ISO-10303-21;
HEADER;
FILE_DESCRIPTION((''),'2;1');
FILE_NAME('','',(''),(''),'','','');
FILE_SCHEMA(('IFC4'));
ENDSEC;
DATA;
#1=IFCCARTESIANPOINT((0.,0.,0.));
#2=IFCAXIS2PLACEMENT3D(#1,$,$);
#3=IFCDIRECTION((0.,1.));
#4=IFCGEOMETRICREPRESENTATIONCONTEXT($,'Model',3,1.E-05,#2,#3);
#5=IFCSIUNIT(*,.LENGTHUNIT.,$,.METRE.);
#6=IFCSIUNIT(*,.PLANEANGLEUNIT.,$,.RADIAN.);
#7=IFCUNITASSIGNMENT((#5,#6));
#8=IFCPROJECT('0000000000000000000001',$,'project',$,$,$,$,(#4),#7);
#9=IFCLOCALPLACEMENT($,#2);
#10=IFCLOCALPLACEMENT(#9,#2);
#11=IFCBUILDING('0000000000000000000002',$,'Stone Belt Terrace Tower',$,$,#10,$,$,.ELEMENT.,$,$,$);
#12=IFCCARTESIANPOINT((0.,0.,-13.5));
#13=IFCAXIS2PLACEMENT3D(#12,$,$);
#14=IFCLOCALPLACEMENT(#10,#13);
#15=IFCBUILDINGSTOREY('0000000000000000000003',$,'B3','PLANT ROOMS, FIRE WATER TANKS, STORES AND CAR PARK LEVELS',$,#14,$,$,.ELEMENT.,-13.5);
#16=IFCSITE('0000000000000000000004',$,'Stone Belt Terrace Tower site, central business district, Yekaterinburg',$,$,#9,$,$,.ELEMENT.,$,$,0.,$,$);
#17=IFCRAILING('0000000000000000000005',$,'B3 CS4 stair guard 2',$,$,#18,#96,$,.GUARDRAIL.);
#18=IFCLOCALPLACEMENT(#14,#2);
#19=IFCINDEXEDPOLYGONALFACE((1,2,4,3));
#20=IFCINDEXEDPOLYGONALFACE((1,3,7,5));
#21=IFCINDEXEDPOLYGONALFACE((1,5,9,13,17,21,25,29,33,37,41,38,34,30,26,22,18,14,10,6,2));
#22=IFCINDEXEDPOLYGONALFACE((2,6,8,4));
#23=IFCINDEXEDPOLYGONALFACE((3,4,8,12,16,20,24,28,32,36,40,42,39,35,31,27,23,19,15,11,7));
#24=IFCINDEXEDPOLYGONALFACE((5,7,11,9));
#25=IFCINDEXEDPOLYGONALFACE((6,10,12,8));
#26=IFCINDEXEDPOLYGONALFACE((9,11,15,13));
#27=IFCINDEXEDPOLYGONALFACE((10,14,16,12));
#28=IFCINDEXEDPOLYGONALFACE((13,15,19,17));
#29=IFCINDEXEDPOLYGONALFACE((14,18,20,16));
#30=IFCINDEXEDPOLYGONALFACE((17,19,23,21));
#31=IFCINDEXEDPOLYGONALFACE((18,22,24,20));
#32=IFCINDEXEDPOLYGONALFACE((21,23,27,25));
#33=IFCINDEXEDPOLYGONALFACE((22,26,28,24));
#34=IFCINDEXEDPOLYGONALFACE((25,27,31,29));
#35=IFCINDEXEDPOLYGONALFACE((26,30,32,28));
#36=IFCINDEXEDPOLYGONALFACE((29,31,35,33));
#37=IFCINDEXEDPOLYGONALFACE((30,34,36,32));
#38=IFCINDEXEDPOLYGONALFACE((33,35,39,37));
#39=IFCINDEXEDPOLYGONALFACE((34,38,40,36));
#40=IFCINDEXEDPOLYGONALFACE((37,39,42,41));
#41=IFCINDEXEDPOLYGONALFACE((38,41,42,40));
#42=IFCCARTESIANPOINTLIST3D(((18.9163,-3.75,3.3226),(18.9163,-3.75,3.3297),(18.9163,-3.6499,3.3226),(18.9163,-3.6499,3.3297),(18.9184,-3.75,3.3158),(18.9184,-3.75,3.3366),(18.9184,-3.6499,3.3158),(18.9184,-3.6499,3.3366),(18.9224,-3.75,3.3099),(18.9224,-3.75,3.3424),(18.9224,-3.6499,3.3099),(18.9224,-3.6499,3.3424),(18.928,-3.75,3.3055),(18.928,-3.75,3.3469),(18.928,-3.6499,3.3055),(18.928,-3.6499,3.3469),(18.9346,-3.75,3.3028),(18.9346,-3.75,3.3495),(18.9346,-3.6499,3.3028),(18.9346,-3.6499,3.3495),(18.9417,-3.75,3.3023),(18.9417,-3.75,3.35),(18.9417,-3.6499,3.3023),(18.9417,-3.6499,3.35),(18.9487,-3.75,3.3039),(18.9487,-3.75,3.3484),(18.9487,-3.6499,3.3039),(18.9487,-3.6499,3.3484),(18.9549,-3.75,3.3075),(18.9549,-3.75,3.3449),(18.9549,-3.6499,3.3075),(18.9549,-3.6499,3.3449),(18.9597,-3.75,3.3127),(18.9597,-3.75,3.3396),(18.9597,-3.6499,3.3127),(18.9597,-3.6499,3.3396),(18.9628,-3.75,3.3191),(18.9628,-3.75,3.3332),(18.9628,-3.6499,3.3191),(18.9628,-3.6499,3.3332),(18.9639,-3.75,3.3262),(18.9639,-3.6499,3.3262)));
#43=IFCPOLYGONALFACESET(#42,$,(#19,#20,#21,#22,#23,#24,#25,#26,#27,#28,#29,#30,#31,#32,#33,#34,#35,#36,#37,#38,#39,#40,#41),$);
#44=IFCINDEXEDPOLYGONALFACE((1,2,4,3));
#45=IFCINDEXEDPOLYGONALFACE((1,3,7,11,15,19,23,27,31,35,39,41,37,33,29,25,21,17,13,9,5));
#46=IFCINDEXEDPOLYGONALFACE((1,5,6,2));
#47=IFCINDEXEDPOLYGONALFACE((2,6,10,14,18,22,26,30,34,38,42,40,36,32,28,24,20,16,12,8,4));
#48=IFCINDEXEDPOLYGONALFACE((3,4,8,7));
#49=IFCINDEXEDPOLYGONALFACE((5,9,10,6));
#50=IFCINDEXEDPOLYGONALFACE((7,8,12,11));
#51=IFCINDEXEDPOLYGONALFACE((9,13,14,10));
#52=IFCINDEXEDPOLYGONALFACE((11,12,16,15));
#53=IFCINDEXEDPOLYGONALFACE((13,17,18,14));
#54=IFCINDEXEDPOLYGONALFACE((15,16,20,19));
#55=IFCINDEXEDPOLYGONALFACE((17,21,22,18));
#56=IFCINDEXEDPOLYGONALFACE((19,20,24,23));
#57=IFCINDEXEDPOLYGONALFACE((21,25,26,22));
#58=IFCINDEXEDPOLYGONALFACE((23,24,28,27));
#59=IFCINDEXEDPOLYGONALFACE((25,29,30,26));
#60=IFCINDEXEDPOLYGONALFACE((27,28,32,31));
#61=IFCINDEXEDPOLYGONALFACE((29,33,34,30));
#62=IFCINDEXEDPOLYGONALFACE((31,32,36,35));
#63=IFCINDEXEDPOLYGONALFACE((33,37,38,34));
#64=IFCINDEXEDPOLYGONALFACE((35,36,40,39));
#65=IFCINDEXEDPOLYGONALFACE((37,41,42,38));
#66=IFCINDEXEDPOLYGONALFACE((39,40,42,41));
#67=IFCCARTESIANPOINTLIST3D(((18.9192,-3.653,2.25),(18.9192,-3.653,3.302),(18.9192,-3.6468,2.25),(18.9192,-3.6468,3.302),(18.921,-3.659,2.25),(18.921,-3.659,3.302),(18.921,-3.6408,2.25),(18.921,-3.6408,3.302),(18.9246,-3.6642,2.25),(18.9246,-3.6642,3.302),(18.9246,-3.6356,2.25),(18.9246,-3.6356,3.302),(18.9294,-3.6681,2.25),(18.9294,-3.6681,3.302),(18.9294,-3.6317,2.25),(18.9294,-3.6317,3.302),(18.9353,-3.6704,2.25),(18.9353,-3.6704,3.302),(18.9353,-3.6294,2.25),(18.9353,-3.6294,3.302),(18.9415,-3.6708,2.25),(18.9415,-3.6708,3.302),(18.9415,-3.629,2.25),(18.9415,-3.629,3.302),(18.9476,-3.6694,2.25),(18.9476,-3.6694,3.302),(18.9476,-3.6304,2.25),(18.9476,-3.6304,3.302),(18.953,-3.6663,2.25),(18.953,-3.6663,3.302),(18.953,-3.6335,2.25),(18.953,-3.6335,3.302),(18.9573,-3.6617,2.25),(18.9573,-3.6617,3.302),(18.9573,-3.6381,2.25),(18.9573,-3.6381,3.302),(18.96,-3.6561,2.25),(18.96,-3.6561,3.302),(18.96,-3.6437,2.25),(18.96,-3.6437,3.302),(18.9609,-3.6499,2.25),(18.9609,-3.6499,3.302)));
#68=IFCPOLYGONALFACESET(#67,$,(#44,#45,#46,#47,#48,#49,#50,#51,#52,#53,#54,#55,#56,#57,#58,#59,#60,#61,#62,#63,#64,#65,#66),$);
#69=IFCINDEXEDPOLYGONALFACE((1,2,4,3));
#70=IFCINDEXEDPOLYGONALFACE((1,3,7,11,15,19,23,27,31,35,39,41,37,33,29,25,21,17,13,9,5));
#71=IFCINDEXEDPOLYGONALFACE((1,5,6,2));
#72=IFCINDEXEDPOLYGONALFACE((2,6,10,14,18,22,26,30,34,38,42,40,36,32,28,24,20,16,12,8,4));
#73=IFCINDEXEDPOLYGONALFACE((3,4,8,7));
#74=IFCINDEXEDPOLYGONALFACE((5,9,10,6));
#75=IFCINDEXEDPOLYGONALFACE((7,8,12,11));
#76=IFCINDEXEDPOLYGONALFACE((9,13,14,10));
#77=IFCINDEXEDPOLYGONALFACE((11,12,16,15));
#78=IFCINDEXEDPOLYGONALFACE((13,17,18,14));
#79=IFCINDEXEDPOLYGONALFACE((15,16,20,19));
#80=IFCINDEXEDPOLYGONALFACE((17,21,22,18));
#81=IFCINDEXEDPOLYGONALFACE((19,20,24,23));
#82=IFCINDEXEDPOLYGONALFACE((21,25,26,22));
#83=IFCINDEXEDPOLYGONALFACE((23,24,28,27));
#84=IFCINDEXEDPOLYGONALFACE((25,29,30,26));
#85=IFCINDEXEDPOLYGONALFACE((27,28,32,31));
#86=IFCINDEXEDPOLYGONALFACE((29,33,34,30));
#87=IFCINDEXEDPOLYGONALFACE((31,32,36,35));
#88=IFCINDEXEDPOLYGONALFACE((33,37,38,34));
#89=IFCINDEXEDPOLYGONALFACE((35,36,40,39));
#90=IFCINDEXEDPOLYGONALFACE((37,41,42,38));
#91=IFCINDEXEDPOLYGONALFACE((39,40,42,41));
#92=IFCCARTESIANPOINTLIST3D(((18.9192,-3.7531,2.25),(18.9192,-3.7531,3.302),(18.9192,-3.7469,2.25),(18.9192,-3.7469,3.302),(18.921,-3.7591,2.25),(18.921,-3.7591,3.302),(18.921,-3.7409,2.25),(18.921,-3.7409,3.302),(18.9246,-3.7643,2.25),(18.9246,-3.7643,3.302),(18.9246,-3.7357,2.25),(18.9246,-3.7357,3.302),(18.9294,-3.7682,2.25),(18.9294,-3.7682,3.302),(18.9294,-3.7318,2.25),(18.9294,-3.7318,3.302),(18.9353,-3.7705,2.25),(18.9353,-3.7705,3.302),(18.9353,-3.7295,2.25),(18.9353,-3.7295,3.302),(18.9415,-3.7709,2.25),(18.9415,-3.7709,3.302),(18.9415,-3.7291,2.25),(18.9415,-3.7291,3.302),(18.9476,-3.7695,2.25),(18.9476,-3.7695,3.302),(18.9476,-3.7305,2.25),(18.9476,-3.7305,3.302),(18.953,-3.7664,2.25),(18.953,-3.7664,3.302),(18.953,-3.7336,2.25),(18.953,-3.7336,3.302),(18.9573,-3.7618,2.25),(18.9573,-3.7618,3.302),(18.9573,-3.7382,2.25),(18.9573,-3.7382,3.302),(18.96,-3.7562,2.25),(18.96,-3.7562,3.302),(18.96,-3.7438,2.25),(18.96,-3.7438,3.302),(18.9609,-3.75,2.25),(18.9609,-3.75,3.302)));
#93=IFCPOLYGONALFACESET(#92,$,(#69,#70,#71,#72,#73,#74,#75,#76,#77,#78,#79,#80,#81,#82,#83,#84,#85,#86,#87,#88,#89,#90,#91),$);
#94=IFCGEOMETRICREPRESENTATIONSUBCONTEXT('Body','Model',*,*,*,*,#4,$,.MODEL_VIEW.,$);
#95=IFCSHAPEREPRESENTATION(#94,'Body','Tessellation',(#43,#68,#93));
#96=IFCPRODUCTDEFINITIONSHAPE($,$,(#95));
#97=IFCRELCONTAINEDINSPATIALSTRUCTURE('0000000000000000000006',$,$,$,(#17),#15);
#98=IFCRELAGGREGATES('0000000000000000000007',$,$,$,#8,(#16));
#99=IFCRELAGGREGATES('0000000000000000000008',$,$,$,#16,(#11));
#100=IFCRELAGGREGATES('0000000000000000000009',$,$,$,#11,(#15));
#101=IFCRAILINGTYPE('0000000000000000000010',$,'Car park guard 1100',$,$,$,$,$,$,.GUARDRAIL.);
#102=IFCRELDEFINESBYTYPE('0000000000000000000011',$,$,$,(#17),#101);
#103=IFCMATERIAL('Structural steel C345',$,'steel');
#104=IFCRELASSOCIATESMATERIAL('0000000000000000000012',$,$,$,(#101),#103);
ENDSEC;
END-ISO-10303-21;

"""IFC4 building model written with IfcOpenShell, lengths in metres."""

from ifc_helpers import new_model, si_unit, direction, frame, origin, origin_2d, place, context, subcontext, project, spatial, circle, extrude, material, type_object, element, save


model = new_model("IFC4")

# Units and contexts
model_context = context("Model", 3, precision=1e-05, world=origin(), true_north=direction((0.0, 1.0)))
body_context = subcontext(model_context, "Body", "Model", "MODEL_VIEW")
ifc_project = project(units=[si_unit("LENGTHUNIT", "METRE"), si_unit("PLANEANGLEUNIT", "RADIAN")], contexts=[model_context])

# Site, building, storey
site_placement = place(None, origin())
site = spatial("IfcSite", under=ifc_project, at=site_placement, Name="Stone Belt Terrace Tower site, central business district, Yekaterinburg", CompositionType="ELEMENT", RefElevation=0.0)
building_placement = place(site_placement, origin())
building = spatial("IfcBuilding", under=site, at=building_placement, Name="Stone Belt Terrace Tower", CompositionType="ELEMENT")
storey_placement = place(building_placement, frame((0.0, 0.0, -13.5)))
storey = spatial("IfcBuildingStorey", under=building, at=storey_placement, Name="B3", Description="PLANT ROOMS, FIRE WATER TANKS, STORES AND CAR PARK LEVELS", CompositionType="ELEMENT", Elevation=-13.5)

# Railing
ifc_material_1 = material(Name="Structural steel C345", Category="steel")
railing_type_1 = type_object("IfcRailingType", Name="Car park guard 1100", PredefinedType="GUARDRAIL", material=ifc_material_1)
railing_1_placement = place(storey_placement, frame((18.9399, -3.6499, 2.25)))
element("IfcRailing", 1, at=railing_1_placement, inside=storey, type_object=railing_type_1, Name="B3 CS4 stair guard 2", PredefinedType="GUARDRAIL", context=body_context, shape_type="SweptSolid", body=[
    extrude(circle(Radius=0.0239, at=origin_2d()), frame((0.0, 0.0, 1.0762), z_axis=(0.0, -1.0, 0.0), x_axis=(1.0, 0.0, 0.0)), (0.0, 0.0, 1.0), 0.1001),
    extrude(circle(Radius=0.021, at=origin_2d()), origin(), (0.0, 0.0, 1.0), 1.052),
    extrude(circle(Radius=0.021, at=origin_2d()), frame((0.0, -0.1001, 0.0)), (0.0, 0.0, 1.0), 1.052),
])

save(model, "model.ifc")
